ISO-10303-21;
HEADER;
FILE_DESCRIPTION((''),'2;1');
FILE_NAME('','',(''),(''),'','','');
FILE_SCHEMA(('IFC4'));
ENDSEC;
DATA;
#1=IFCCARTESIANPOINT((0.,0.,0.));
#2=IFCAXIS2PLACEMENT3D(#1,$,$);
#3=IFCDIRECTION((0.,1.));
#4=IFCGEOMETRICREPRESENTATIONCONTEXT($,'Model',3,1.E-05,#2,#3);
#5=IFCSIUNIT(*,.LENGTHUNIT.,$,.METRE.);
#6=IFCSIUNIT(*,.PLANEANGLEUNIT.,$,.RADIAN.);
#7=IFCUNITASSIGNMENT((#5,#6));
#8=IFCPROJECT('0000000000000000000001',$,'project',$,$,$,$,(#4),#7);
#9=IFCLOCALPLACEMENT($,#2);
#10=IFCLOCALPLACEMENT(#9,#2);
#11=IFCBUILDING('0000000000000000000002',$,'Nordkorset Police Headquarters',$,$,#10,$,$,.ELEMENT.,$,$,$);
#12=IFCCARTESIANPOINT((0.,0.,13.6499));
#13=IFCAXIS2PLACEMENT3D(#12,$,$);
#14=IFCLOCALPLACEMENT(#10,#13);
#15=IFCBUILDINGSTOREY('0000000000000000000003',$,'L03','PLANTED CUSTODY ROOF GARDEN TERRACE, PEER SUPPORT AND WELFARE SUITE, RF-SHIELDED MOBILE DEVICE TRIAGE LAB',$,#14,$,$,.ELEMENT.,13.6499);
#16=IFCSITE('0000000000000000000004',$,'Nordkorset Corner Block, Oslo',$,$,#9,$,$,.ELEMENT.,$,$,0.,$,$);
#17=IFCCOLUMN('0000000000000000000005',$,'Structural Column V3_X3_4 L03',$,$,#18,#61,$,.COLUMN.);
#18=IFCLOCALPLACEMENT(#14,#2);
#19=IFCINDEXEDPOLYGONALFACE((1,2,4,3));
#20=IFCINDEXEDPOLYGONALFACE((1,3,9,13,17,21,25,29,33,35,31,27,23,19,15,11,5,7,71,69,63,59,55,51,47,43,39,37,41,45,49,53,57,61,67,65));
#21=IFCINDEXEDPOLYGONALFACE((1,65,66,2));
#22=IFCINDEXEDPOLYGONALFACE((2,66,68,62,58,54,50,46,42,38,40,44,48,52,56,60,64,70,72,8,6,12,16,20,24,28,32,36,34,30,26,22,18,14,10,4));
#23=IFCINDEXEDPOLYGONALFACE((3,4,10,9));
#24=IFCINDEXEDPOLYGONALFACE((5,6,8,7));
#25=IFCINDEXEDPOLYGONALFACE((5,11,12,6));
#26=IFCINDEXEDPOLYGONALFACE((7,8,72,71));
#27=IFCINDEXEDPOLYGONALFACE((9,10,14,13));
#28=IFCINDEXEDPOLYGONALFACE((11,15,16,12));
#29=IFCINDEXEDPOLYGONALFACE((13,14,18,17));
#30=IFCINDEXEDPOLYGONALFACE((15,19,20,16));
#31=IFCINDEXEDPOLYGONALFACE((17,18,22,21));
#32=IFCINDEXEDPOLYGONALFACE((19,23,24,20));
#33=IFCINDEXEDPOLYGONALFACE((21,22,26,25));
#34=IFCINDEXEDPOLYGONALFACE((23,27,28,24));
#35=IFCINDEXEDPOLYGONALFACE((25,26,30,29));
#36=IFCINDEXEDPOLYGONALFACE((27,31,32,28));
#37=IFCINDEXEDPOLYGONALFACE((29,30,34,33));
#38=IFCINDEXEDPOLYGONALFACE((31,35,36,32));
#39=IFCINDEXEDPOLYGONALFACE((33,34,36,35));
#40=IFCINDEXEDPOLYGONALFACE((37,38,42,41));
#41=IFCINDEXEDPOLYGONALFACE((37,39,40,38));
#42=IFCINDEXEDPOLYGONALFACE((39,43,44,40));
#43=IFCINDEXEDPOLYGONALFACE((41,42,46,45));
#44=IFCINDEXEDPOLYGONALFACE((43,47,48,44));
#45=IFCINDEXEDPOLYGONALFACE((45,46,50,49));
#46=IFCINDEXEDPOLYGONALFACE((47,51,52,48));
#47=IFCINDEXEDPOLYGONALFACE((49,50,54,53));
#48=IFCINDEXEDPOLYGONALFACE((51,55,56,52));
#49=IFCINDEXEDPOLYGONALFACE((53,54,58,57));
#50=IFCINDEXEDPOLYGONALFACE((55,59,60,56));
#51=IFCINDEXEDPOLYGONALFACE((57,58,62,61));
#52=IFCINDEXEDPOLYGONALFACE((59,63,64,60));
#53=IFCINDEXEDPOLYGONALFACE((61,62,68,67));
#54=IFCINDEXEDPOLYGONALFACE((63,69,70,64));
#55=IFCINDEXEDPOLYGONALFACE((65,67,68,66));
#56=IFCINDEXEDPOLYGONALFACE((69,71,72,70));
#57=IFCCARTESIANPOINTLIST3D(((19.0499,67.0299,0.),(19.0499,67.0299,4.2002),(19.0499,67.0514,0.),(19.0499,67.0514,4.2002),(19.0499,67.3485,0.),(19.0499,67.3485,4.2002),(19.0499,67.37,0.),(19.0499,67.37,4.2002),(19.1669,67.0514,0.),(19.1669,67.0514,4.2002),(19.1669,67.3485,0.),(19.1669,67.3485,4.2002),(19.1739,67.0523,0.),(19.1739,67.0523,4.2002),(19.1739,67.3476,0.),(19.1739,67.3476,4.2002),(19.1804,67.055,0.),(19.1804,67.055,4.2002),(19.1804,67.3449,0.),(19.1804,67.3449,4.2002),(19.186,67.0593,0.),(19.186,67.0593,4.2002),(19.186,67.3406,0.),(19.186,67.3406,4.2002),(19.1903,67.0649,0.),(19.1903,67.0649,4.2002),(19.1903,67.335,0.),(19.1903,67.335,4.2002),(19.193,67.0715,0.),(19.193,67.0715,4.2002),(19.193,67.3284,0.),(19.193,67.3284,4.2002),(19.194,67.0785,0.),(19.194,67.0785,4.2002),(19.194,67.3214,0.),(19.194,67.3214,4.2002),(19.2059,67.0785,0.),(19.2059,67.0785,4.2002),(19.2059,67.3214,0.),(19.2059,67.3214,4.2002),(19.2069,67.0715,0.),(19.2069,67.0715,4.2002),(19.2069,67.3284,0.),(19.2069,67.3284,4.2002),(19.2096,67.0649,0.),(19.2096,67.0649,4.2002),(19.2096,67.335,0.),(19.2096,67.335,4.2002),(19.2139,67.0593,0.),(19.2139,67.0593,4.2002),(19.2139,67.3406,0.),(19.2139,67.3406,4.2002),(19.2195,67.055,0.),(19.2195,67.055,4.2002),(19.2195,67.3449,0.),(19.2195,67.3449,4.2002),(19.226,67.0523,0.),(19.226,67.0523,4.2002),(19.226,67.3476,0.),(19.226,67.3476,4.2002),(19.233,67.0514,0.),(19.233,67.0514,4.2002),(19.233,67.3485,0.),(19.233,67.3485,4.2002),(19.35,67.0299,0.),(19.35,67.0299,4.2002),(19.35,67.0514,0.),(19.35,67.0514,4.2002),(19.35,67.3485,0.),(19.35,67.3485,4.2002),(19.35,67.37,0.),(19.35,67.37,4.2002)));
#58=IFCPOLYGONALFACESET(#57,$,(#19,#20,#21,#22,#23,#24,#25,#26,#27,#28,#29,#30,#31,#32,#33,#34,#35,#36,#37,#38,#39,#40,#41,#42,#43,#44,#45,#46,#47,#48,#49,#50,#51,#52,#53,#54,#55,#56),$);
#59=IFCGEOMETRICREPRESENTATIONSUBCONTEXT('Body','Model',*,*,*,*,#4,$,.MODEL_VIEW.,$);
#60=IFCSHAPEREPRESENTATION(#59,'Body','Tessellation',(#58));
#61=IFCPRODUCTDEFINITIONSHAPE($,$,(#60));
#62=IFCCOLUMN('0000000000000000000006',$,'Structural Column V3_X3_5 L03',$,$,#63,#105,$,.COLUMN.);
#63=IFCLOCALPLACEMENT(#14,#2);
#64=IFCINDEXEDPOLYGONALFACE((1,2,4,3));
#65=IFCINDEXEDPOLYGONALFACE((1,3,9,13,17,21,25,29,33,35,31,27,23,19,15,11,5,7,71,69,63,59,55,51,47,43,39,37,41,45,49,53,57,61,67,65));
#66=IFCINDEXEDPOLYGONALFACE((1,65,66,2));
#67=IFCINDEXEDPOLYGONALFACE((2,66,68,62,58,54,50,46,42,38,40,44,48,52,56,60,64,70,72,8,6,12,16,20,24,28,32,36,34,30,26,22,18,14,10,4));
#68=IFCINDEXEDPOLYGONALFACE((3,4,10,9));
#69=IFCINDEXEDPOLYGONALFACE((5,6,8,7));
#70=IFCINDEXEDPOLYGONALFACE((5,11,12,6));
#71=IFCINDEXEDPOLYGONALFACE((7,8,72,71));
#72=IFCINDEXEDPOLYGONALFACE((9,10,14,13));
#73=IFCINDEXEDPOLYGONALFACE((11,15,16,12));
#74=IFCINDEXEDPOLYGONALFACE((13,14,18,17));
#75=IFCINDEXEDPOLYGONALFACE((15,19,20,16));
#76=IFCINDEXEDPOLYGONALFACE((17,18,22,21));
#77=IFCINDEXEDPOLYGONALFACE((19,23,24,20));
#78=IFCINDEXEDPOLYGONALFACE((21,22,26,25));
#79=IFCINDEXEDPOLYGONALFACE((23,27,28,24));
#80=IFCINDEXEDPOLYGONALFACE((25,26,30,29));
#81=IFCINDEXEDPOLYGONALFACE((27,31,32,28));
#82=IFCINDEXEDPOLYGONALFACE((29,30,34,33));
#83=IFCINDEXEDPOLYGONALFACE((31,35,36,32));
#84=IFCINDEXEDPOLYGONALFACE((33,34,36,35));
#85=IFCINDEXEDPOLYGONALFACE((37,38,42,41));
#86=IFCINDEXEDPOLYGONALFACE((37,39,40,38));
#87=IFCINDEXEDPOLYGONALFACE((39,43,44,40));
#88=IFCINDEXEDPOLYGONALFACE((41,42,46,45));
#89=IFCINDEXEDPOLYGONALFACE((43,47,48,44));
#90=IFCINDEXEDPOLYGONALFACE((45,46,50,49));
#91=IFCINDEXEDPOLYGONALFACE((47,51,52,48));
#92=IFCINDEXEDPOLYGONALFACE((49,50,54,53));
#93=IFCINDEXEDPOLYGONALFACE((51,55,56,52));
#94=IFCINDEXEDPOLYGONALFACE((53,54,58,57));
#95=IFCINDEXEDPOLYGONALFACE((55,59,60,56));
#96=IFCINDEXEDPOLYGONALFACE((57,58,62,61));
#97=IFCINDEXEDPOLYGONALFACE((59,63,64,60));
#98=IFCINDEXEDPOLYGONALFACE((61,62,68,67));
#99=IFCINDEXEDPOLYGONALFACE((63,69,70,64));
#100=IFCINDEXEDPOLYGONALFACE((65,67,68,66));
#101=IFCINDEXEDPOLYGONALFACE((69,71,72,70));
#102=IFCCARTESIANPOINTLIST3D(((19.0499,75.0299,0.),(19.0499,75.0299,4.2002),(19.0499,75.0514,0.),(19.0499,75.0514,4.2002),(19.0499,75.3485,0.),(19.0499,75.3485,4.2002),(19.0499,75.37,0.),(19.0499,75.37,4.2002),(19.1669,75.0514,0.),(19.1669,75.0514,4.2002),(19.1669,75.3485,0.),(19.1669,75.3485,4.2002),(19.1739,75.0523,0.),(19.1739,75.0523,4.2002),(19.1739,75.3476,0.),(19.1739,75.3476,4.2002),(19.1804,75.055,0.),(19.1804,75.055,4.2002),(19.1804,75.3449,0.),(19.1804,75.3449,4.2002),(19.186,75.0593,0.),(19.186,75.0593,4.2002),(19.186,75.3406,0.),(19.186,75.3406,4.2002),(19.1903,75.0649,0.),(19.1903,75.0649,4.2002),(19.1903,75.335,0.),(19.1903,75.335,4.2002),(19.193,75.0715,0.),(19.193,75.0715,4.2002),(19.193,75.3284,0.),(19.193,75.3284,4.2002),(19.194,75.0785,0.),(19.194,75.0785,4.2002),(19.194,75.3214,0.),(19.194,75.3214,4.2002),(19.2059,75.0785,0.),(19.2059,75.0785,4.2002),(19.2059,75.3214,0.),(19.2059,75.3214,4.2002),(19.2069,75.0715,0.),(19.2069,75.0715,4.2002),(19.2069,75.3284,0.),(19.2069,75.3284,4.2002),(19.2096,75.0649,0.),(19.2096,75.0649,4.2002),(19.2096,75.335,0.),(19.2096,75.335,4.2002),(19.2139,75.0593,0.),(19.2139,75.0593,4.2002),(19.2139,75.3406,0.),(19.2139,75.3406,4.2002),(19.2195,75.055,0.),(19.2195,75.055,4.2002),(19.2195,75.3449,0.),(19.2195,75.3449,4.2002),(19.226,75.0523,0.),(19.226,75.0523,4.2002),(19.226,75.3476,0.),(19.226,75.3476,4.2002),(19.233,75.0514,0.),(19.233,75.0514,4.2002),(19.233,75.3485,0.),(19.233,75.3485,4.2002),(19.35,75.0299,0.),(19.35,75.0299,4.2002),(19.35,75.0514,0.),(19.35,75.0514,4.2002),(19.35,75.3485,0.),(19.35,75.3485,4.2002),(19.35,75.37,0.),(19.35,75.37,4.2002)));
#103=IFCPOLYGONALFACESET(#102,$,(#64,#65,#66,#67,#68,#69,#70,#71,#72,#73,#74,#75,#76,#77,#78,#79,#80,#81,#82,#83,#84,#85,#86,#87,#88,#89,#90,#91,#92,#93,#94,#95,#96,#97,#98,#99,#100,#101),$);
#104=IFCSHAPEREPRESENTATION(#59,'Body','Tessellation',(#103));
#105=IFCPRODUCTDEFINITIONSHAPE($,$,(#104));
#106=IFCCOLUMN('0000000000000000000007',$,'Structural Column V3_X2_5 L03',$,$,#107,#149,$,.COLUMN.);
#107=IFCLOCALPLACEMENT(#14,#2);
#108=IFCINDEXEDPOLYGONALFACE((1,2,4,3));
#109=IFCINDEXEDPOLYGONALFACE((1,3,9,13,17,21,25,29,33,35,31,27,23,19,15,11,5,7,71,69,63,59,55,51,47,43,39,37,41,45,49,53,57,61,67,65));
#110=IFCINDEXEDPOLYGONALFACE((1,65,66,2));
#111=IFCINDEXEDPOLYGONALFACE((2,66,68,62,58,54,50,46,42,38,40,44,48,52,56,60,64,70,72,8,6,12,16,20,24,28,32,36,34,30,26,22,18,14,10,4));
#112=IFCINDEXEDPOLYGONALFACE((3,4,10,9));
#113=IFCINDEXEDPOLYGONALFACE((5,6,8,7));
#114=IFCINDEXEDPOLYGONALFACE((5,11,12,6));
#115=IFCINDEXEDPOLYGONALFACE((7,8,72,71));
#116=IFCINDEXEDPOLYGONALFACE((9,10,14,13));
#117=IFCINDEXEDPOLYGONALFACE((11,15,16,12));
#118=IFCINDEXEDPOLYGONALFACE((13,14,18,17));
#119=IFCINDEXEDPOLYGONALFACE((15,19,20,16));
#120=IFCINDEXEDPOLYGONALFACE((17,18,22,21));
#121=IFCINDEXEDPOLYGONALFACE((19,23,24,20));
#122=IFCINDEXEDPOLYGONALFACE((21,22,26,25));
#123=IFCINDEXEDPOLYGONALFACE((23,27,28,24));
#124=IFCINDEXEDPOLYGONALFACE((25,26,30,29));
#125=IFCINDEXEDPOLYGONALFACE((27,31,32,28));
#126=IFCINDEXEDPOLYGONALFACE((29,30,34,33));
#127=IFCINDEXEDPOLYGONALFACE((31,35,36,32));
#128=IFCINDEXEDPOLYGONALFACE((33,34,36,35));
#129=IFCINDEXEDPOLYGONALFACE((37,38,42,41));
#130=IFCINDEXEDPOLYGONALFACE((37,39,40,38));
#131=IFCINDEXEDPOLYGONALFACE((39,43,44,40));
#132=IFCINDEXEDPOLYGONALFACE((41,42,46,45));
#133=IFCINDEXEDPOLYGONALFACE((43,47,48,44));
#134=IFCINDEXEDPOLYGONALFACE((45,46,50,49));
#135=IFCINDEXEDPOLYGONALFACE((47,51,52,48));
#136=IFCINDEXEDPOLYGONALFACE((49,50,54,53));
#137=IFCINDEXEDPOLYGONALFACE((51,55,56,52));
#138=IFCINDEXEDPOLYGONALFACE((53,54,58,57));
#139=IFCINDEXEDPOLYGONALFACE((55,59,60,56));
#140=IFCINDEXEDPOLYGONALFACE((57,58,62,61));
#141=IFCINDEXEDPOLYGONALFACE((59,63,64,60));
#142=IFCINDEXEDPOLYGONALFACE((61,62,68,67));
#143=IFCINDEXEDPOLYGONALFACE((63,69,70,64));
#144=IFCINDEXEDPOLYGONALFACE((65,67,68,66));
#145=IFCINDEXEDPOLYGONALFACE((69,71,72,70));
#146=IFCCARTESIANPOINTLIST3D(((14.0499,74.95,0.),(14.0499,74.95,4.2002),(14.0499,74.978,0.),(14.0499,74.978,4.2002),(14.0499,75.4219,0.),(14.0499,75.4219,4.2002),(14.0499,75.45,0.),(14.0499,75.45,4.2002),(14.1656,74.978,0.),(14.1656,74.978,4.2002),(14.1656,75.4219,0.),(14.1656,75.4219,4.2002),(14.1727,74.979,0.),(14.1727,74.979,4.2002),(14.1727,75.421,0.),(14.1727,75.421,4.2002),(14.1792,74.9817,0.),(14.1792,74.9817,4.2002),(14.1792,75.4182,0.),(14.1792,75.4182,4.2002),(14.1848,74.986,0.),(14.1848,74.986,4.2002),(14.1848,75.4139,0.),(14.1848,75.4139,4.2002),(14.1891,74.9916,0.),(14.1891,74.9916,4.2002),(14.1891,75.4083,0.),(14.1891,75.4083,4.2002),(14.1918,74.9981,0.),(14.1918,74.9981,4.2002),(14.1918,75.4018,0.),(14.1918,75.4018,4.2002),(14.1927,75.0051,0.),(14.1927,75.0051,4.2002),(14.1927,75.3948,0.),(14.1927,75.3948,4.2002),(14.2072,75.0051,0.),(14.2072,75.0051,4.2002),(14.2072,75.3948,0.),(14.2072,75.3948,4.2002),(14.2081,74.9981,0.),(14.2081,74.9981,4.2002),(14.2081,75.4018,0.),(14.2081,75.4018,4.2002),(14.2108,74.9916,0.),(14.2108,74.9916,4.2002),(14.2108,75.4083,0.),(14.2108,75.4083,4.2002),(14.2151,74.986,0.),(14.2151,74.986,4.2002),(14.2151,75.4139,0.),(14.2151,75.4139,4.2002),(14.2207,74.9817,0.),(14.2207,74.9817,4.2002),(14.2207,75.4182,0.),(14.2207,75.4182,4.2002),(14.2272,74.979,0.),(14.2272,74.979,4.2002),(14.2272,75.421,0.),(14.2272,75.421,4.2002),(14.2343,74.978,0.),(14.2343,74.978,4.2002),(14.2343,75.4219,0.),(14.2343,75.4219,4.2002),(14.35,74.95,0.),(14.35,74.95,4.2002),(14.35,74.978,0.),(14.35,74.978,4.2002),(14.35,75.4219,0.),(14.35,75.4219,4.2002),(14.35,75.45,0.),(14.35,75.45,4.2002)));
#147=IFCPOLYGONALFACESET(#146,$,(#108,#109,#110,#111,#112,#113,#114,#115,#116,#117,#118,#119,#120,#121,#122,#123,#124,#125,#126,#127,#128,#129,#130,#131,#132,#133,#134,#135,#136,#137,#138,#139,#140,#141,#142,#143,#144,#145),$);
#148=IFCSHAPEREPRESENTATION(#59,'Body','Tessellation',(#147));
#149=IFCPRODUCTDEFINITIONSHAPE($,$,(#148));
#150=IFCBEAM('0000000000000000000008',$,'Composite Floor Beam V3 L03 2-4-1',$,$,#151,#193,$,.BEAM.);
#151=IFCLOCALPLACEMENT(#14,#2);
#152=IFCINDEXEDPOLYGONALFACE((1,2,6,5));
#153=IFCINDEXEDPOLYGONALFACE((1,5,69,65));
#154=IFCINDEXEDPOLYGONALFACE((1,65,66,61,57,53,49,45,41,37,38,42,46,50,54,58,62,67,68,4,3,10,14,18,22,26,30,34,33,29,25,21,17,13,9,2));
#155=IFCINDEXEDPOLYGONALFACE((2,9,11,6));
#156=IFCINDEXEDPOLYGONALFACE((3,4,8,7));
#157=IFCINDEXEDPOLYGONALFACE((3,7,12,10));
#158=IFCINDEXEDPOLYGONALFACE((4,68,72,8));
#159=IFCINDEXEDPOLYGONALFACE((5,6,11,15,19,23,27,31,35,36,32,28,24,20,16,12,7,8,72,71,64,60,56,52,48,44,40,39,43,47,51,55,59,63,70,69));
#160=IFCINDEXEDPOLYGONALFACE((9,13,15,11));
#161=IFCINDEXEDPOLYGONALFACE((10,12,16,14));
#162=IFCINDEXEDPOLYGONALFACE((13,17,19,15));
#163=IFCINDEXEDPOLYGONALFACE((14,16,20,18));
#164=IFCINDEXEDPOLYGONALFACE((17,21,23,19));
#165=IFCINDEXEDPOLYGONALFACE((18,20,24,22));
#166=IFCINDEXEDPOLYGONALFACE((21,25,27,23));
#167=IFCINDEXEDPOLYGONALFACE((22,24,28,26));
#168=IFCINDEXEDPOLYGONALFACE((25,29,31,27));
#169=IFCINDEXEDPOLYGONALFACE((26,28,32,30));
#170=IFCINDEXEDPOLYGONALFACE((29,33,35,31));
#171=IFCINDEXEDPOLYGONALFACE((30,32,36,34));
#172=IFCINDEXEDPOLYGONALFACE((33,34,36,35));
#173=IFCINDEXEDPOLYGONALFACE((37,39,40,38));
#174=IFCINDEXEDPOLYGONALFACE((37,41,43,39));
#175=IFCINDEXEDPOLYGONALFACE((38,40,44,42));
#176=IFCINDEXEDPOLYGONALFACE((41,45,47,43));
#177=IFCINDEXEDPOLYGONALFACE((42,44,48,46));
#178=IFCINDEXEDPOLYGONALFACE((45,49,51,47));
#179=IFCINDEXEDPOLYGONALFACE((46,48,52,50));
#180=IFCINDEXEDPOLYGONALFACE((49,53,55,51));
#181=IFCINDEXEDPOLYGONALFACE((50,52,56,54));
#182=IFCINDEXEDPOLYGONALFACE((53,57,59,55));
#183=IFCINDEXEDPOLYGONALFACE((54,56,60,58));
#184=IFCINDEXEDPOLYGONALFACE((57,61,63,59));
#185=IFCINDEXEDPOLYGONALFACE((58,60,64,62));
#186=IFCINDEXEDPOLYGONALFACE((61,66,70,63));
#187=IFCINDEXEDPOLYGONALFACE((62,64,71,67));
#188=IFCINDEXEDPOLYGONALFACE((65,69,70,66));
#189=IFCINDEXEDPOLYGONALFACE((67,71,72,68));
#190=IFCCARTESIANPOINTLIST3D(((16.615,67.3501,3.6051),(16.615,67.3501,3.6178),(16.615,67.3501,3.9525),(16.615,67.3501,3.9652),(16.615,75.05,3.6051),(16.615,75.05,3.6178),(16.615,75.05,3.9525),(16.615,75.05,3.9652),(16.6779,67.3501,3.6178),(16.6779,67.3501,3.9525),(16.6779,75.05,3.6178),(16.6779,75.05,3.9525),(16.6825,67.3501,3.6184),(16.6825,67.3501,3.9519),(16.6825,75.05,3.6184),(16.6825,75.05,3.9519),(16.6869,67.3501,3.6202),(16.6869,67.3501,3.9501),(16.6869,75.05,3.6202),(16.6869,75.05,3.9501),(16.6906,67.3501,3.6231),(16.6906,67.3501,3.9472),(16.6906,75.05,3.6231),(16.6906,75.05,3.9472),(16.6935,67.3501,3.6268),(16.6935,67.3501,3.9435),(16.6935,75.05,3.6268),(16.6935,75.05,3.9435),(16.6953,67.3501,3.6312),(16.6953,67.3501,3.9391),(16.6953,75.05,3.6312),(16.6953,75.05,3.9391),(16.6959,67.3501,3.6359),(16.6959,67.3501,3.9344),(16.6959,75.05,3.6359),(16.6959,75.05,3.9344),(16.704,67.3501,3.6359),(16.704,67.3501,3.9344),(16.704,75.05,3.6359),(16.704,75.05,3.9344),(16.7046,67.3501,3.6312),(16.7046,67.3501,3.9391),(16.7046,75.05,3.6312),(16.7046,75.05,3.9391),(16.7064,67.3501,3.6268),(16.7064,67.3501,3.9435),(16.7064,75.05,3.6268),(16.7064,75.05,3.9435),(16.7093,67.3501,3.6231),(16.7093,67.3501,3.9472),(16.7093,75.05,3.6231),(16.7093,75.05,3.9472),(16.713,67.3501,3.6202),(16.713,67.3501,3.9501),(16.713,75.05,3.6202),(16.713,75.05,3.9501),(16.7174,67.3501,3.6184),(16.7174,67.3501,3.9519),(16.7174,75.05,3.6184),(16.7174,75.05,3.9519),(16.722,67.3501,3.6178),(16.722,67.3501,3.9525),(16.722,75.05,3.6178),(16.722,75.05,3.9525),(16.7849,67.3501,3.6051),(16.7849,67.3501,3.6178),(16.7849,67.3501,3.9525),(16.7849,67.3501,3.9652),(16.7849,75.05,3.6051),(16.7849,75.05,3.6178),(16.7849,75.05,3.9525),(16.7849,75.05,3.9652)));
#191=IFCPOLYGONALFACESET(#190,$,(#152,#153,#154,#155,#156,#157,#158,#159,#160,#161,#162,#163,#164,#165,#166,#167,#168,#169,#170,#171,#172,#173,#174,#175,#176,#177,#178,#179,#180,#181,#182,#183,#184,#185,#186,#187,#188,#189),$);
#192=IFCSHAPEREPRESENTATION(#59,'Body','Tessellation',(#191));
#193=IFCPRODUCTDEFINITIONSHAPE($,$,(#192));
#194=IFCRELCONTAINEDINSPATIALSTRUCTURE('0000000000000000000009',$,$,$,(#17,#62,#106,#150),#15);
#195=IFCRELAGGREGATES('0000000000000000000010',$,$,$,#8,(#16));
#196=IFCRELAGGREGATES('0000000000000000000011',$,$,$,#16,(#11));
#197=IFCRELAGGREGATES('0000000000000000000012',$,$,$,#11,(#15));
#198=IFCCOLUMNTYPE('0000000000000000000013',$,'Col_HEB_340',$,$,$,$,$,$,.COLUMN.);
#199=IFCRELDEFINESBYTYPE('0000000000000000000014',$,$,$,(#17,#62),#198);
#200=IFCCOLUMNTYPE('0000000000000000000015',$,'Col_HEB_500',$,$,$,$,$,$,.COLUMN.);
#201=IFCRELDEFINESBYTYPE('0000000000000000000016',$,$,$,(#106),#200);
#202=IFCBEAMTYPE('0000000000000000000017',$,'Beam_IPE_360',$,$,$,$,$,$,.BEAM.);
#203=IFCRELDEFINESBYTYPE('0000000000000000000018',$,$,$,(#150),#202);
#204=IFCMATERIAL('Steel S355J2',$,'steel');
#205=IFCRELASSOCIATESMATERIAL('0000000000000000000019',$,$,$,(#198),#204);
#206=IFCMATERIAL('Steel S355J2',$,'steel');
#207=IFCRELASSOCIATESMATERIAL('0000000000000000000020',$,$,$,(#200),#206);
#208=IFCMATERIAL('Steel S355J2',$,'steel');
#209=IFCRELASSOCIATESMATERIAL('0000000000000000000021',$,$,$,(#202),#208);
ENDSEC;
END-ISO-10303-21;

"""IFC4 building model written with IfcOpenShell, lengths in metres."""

from ifc_helpers import new_model, si_unit, direction, frame, origin, origin_2d, place, context, subcontext, project, spatial, i_section, extrude, material, material_profile, profile_set, type_object, element, save


model = new_model("IFC4")

# Units and contexts
model_context = context("Model", 3, precision=1e-05, world=origin(), true_north=direction((0.0, 1.0)))
body_context = subcontext(model_context, "Body", "Model", "MODEL_VIEW")
ifc_project = project(units=[si_unit("LENGTHUNIT", "METRE"), si_unit("PLANEANGLEUNIT", "RADIAN")], contexts=[model_context])

# Site, building, storey
site_placement = place(None, origin())
site = spatial("IfcSite", under=ifc_project, at=site_placement, Name="Nordkorset Corner Block, Oslo", CompositionType="ELEMENT", RefElevation=0.0)
building_placement = place(site_placement, origin())
building = spatial("IfcBuilding", under=site, at=building_placement, Name="Nordkorset Police Headquarters", CompositionType="ELEMENT")
storey_placement = place(building_placement, frame((0.0, 0.0, 13.6499)))
storey = spatial("IfcBuildingStorey", under=building, at=storey_placement, Name="L03", Description="PLANTED CUSTODY ROOF GARDEN TERRACE, PEER SUPPORT AND WELFARE SUITE, RF-SHIELDED MOBILE DEVICE TRIAGE LAB", CompositionType="ELEMENT", Elevation=13.6499)

# Columns
ifc_material_1 = material(Name="Steel S355J2", Category="steel")
ifc_material_profile_1 = material_profile(ifc_material_1, i_section(OverallWidth=0.3, OverallDepth=0.3401, WebThickness=0.012, FlangeThickness=0.0215, FilletRadius=0.0271, at=origin_2d()), Name="HEB 340")
ifc_profile_set_1 = profile_set([ifc_material_profile_1], Name="Steel S355J2")
column_type_1 = type_object("IfcColumnType", Name="Col_HEB_340", PredefinedType="COLUMN", material=ifc_profile_set_1)
for number, where, z_axis, x_axis, name in (
    (1, (19.2, 67.2, 0.0), (0.0, 0.0, 1.0), (1.0, 0.0, 0.0), "Structural Column V3_X3_4 L03"),
    (2, (19.2, 75.2, 0.0), (0.0, 0.0, 1.0), (1.0, 0.0, 0.0), "Structural Column V3_X3_5 L03"),
):
    element("IfcColumn", number, at=place(storey_placement, frame(where, z_axis=z_axis, x_axis=x_axis)), inside=storey, type_object=column_type_1, Name=name, PredefinedType="COLUMN", context=body_context, shape_type="SweptSolid", body=[
        extrude(i_section(OverallWidth=0.3, OverallDepth=0.3401, WebThickness=0.012, FlangeThickness=0.0215, FilletRadius=0.0271, at=origin_2d()), origin(), (0.0, 0.0, 1.0), 4.2002),
    ])
ifc_material_2 = material(Name="Steel S355J2", Category="steel")
ifc_material_profile_2 = material_profile(ifc_material_2, i_section(OverallWidth=0.3, OverallDepth=0.5, WebThickness=0.0144, FlangeThickness=0.0281, FilletRadius=0.0271, at=origin_2d()), Name="HEB 500")
ifc_profile_set_2 = profile_set([ifc_material_profile_2], Name="Steel S355J2")
column_type_2 = type_object("IfcColumnType", Name="Col_HEB_500", PredefinedType="COLUMN", material=ifc_profile_set_2)
column_placement = place(storey_placement, frame((14.2, 75.2, 0.0), z_axis=(0.0, 0.0, 1.0), x_axis=(1.0, 0.0, 0.0)))
element("IfcColumn", 3, at=column_placement, inside=storey, type_object=column_type_2, Name="Structural Column V3_X2_5 L03", PredefinedType="COLUMN", context=body_context, shape_type="SweptSolid", body=[
    extrude(i_section(OverallWidth=0.3, OverallDepth=0.5, WebThickness=0.0144, FlangeThickness=0.0281, FilletRadius=0.0271, at=origin_2d()), origin(), (0.0, 0.0, 1.0), 4.2002),
])

# Beam
ifc_material_3 = material(Name="Steel S355J2", Category="steel")
ifc_material_profile_3 = material_profile(ifc_material_3, i_section(OverallWidth=0.1699, OverallDepth=0.3601, WebThickness=0.0081, FlangeThickness=0.0127, FilletRadius=0.0181, at=origin_2d()), Name="IPE 360")
ifc_profile_set_3 = profile_set([ifc_material_profile_3], Name="Steel S355J2")
beam_type_1 = type_object("IfcBeamType", Name="Beam_IPE_360", PredefinedType="BEAM", material=ifc_profile_set_3)
for number, where, z_axis, x_axis, name in (
    (4, (16.7, 67.3501, 3.7852), (0.0, 1.0, 0.0), (-1.0, 0.0, 0.0), "Composite Floor Beam V3 L03 2-4-1"),
):
    element("IfcBeam", number, at=place(storey_placement, frame(where, z_axis=z_axis, x_axis=x_axis)), inside=storey, type_object=beam_type_1, Name=name, PredefinedType="BEAM", context=body_context, shape_type="SweptSolid", body=[
        extrude(i_section(OverallWidth=0.1699, OverallDepth=0.3601, WebThickness=0.0081, FlangeThickness=0.0127, FilletRadius=0.0181, at=origin_2d()), origin(), (0.0, 0.0, 1.0), 7.7),
    ])

save(model, "model.ifc")
